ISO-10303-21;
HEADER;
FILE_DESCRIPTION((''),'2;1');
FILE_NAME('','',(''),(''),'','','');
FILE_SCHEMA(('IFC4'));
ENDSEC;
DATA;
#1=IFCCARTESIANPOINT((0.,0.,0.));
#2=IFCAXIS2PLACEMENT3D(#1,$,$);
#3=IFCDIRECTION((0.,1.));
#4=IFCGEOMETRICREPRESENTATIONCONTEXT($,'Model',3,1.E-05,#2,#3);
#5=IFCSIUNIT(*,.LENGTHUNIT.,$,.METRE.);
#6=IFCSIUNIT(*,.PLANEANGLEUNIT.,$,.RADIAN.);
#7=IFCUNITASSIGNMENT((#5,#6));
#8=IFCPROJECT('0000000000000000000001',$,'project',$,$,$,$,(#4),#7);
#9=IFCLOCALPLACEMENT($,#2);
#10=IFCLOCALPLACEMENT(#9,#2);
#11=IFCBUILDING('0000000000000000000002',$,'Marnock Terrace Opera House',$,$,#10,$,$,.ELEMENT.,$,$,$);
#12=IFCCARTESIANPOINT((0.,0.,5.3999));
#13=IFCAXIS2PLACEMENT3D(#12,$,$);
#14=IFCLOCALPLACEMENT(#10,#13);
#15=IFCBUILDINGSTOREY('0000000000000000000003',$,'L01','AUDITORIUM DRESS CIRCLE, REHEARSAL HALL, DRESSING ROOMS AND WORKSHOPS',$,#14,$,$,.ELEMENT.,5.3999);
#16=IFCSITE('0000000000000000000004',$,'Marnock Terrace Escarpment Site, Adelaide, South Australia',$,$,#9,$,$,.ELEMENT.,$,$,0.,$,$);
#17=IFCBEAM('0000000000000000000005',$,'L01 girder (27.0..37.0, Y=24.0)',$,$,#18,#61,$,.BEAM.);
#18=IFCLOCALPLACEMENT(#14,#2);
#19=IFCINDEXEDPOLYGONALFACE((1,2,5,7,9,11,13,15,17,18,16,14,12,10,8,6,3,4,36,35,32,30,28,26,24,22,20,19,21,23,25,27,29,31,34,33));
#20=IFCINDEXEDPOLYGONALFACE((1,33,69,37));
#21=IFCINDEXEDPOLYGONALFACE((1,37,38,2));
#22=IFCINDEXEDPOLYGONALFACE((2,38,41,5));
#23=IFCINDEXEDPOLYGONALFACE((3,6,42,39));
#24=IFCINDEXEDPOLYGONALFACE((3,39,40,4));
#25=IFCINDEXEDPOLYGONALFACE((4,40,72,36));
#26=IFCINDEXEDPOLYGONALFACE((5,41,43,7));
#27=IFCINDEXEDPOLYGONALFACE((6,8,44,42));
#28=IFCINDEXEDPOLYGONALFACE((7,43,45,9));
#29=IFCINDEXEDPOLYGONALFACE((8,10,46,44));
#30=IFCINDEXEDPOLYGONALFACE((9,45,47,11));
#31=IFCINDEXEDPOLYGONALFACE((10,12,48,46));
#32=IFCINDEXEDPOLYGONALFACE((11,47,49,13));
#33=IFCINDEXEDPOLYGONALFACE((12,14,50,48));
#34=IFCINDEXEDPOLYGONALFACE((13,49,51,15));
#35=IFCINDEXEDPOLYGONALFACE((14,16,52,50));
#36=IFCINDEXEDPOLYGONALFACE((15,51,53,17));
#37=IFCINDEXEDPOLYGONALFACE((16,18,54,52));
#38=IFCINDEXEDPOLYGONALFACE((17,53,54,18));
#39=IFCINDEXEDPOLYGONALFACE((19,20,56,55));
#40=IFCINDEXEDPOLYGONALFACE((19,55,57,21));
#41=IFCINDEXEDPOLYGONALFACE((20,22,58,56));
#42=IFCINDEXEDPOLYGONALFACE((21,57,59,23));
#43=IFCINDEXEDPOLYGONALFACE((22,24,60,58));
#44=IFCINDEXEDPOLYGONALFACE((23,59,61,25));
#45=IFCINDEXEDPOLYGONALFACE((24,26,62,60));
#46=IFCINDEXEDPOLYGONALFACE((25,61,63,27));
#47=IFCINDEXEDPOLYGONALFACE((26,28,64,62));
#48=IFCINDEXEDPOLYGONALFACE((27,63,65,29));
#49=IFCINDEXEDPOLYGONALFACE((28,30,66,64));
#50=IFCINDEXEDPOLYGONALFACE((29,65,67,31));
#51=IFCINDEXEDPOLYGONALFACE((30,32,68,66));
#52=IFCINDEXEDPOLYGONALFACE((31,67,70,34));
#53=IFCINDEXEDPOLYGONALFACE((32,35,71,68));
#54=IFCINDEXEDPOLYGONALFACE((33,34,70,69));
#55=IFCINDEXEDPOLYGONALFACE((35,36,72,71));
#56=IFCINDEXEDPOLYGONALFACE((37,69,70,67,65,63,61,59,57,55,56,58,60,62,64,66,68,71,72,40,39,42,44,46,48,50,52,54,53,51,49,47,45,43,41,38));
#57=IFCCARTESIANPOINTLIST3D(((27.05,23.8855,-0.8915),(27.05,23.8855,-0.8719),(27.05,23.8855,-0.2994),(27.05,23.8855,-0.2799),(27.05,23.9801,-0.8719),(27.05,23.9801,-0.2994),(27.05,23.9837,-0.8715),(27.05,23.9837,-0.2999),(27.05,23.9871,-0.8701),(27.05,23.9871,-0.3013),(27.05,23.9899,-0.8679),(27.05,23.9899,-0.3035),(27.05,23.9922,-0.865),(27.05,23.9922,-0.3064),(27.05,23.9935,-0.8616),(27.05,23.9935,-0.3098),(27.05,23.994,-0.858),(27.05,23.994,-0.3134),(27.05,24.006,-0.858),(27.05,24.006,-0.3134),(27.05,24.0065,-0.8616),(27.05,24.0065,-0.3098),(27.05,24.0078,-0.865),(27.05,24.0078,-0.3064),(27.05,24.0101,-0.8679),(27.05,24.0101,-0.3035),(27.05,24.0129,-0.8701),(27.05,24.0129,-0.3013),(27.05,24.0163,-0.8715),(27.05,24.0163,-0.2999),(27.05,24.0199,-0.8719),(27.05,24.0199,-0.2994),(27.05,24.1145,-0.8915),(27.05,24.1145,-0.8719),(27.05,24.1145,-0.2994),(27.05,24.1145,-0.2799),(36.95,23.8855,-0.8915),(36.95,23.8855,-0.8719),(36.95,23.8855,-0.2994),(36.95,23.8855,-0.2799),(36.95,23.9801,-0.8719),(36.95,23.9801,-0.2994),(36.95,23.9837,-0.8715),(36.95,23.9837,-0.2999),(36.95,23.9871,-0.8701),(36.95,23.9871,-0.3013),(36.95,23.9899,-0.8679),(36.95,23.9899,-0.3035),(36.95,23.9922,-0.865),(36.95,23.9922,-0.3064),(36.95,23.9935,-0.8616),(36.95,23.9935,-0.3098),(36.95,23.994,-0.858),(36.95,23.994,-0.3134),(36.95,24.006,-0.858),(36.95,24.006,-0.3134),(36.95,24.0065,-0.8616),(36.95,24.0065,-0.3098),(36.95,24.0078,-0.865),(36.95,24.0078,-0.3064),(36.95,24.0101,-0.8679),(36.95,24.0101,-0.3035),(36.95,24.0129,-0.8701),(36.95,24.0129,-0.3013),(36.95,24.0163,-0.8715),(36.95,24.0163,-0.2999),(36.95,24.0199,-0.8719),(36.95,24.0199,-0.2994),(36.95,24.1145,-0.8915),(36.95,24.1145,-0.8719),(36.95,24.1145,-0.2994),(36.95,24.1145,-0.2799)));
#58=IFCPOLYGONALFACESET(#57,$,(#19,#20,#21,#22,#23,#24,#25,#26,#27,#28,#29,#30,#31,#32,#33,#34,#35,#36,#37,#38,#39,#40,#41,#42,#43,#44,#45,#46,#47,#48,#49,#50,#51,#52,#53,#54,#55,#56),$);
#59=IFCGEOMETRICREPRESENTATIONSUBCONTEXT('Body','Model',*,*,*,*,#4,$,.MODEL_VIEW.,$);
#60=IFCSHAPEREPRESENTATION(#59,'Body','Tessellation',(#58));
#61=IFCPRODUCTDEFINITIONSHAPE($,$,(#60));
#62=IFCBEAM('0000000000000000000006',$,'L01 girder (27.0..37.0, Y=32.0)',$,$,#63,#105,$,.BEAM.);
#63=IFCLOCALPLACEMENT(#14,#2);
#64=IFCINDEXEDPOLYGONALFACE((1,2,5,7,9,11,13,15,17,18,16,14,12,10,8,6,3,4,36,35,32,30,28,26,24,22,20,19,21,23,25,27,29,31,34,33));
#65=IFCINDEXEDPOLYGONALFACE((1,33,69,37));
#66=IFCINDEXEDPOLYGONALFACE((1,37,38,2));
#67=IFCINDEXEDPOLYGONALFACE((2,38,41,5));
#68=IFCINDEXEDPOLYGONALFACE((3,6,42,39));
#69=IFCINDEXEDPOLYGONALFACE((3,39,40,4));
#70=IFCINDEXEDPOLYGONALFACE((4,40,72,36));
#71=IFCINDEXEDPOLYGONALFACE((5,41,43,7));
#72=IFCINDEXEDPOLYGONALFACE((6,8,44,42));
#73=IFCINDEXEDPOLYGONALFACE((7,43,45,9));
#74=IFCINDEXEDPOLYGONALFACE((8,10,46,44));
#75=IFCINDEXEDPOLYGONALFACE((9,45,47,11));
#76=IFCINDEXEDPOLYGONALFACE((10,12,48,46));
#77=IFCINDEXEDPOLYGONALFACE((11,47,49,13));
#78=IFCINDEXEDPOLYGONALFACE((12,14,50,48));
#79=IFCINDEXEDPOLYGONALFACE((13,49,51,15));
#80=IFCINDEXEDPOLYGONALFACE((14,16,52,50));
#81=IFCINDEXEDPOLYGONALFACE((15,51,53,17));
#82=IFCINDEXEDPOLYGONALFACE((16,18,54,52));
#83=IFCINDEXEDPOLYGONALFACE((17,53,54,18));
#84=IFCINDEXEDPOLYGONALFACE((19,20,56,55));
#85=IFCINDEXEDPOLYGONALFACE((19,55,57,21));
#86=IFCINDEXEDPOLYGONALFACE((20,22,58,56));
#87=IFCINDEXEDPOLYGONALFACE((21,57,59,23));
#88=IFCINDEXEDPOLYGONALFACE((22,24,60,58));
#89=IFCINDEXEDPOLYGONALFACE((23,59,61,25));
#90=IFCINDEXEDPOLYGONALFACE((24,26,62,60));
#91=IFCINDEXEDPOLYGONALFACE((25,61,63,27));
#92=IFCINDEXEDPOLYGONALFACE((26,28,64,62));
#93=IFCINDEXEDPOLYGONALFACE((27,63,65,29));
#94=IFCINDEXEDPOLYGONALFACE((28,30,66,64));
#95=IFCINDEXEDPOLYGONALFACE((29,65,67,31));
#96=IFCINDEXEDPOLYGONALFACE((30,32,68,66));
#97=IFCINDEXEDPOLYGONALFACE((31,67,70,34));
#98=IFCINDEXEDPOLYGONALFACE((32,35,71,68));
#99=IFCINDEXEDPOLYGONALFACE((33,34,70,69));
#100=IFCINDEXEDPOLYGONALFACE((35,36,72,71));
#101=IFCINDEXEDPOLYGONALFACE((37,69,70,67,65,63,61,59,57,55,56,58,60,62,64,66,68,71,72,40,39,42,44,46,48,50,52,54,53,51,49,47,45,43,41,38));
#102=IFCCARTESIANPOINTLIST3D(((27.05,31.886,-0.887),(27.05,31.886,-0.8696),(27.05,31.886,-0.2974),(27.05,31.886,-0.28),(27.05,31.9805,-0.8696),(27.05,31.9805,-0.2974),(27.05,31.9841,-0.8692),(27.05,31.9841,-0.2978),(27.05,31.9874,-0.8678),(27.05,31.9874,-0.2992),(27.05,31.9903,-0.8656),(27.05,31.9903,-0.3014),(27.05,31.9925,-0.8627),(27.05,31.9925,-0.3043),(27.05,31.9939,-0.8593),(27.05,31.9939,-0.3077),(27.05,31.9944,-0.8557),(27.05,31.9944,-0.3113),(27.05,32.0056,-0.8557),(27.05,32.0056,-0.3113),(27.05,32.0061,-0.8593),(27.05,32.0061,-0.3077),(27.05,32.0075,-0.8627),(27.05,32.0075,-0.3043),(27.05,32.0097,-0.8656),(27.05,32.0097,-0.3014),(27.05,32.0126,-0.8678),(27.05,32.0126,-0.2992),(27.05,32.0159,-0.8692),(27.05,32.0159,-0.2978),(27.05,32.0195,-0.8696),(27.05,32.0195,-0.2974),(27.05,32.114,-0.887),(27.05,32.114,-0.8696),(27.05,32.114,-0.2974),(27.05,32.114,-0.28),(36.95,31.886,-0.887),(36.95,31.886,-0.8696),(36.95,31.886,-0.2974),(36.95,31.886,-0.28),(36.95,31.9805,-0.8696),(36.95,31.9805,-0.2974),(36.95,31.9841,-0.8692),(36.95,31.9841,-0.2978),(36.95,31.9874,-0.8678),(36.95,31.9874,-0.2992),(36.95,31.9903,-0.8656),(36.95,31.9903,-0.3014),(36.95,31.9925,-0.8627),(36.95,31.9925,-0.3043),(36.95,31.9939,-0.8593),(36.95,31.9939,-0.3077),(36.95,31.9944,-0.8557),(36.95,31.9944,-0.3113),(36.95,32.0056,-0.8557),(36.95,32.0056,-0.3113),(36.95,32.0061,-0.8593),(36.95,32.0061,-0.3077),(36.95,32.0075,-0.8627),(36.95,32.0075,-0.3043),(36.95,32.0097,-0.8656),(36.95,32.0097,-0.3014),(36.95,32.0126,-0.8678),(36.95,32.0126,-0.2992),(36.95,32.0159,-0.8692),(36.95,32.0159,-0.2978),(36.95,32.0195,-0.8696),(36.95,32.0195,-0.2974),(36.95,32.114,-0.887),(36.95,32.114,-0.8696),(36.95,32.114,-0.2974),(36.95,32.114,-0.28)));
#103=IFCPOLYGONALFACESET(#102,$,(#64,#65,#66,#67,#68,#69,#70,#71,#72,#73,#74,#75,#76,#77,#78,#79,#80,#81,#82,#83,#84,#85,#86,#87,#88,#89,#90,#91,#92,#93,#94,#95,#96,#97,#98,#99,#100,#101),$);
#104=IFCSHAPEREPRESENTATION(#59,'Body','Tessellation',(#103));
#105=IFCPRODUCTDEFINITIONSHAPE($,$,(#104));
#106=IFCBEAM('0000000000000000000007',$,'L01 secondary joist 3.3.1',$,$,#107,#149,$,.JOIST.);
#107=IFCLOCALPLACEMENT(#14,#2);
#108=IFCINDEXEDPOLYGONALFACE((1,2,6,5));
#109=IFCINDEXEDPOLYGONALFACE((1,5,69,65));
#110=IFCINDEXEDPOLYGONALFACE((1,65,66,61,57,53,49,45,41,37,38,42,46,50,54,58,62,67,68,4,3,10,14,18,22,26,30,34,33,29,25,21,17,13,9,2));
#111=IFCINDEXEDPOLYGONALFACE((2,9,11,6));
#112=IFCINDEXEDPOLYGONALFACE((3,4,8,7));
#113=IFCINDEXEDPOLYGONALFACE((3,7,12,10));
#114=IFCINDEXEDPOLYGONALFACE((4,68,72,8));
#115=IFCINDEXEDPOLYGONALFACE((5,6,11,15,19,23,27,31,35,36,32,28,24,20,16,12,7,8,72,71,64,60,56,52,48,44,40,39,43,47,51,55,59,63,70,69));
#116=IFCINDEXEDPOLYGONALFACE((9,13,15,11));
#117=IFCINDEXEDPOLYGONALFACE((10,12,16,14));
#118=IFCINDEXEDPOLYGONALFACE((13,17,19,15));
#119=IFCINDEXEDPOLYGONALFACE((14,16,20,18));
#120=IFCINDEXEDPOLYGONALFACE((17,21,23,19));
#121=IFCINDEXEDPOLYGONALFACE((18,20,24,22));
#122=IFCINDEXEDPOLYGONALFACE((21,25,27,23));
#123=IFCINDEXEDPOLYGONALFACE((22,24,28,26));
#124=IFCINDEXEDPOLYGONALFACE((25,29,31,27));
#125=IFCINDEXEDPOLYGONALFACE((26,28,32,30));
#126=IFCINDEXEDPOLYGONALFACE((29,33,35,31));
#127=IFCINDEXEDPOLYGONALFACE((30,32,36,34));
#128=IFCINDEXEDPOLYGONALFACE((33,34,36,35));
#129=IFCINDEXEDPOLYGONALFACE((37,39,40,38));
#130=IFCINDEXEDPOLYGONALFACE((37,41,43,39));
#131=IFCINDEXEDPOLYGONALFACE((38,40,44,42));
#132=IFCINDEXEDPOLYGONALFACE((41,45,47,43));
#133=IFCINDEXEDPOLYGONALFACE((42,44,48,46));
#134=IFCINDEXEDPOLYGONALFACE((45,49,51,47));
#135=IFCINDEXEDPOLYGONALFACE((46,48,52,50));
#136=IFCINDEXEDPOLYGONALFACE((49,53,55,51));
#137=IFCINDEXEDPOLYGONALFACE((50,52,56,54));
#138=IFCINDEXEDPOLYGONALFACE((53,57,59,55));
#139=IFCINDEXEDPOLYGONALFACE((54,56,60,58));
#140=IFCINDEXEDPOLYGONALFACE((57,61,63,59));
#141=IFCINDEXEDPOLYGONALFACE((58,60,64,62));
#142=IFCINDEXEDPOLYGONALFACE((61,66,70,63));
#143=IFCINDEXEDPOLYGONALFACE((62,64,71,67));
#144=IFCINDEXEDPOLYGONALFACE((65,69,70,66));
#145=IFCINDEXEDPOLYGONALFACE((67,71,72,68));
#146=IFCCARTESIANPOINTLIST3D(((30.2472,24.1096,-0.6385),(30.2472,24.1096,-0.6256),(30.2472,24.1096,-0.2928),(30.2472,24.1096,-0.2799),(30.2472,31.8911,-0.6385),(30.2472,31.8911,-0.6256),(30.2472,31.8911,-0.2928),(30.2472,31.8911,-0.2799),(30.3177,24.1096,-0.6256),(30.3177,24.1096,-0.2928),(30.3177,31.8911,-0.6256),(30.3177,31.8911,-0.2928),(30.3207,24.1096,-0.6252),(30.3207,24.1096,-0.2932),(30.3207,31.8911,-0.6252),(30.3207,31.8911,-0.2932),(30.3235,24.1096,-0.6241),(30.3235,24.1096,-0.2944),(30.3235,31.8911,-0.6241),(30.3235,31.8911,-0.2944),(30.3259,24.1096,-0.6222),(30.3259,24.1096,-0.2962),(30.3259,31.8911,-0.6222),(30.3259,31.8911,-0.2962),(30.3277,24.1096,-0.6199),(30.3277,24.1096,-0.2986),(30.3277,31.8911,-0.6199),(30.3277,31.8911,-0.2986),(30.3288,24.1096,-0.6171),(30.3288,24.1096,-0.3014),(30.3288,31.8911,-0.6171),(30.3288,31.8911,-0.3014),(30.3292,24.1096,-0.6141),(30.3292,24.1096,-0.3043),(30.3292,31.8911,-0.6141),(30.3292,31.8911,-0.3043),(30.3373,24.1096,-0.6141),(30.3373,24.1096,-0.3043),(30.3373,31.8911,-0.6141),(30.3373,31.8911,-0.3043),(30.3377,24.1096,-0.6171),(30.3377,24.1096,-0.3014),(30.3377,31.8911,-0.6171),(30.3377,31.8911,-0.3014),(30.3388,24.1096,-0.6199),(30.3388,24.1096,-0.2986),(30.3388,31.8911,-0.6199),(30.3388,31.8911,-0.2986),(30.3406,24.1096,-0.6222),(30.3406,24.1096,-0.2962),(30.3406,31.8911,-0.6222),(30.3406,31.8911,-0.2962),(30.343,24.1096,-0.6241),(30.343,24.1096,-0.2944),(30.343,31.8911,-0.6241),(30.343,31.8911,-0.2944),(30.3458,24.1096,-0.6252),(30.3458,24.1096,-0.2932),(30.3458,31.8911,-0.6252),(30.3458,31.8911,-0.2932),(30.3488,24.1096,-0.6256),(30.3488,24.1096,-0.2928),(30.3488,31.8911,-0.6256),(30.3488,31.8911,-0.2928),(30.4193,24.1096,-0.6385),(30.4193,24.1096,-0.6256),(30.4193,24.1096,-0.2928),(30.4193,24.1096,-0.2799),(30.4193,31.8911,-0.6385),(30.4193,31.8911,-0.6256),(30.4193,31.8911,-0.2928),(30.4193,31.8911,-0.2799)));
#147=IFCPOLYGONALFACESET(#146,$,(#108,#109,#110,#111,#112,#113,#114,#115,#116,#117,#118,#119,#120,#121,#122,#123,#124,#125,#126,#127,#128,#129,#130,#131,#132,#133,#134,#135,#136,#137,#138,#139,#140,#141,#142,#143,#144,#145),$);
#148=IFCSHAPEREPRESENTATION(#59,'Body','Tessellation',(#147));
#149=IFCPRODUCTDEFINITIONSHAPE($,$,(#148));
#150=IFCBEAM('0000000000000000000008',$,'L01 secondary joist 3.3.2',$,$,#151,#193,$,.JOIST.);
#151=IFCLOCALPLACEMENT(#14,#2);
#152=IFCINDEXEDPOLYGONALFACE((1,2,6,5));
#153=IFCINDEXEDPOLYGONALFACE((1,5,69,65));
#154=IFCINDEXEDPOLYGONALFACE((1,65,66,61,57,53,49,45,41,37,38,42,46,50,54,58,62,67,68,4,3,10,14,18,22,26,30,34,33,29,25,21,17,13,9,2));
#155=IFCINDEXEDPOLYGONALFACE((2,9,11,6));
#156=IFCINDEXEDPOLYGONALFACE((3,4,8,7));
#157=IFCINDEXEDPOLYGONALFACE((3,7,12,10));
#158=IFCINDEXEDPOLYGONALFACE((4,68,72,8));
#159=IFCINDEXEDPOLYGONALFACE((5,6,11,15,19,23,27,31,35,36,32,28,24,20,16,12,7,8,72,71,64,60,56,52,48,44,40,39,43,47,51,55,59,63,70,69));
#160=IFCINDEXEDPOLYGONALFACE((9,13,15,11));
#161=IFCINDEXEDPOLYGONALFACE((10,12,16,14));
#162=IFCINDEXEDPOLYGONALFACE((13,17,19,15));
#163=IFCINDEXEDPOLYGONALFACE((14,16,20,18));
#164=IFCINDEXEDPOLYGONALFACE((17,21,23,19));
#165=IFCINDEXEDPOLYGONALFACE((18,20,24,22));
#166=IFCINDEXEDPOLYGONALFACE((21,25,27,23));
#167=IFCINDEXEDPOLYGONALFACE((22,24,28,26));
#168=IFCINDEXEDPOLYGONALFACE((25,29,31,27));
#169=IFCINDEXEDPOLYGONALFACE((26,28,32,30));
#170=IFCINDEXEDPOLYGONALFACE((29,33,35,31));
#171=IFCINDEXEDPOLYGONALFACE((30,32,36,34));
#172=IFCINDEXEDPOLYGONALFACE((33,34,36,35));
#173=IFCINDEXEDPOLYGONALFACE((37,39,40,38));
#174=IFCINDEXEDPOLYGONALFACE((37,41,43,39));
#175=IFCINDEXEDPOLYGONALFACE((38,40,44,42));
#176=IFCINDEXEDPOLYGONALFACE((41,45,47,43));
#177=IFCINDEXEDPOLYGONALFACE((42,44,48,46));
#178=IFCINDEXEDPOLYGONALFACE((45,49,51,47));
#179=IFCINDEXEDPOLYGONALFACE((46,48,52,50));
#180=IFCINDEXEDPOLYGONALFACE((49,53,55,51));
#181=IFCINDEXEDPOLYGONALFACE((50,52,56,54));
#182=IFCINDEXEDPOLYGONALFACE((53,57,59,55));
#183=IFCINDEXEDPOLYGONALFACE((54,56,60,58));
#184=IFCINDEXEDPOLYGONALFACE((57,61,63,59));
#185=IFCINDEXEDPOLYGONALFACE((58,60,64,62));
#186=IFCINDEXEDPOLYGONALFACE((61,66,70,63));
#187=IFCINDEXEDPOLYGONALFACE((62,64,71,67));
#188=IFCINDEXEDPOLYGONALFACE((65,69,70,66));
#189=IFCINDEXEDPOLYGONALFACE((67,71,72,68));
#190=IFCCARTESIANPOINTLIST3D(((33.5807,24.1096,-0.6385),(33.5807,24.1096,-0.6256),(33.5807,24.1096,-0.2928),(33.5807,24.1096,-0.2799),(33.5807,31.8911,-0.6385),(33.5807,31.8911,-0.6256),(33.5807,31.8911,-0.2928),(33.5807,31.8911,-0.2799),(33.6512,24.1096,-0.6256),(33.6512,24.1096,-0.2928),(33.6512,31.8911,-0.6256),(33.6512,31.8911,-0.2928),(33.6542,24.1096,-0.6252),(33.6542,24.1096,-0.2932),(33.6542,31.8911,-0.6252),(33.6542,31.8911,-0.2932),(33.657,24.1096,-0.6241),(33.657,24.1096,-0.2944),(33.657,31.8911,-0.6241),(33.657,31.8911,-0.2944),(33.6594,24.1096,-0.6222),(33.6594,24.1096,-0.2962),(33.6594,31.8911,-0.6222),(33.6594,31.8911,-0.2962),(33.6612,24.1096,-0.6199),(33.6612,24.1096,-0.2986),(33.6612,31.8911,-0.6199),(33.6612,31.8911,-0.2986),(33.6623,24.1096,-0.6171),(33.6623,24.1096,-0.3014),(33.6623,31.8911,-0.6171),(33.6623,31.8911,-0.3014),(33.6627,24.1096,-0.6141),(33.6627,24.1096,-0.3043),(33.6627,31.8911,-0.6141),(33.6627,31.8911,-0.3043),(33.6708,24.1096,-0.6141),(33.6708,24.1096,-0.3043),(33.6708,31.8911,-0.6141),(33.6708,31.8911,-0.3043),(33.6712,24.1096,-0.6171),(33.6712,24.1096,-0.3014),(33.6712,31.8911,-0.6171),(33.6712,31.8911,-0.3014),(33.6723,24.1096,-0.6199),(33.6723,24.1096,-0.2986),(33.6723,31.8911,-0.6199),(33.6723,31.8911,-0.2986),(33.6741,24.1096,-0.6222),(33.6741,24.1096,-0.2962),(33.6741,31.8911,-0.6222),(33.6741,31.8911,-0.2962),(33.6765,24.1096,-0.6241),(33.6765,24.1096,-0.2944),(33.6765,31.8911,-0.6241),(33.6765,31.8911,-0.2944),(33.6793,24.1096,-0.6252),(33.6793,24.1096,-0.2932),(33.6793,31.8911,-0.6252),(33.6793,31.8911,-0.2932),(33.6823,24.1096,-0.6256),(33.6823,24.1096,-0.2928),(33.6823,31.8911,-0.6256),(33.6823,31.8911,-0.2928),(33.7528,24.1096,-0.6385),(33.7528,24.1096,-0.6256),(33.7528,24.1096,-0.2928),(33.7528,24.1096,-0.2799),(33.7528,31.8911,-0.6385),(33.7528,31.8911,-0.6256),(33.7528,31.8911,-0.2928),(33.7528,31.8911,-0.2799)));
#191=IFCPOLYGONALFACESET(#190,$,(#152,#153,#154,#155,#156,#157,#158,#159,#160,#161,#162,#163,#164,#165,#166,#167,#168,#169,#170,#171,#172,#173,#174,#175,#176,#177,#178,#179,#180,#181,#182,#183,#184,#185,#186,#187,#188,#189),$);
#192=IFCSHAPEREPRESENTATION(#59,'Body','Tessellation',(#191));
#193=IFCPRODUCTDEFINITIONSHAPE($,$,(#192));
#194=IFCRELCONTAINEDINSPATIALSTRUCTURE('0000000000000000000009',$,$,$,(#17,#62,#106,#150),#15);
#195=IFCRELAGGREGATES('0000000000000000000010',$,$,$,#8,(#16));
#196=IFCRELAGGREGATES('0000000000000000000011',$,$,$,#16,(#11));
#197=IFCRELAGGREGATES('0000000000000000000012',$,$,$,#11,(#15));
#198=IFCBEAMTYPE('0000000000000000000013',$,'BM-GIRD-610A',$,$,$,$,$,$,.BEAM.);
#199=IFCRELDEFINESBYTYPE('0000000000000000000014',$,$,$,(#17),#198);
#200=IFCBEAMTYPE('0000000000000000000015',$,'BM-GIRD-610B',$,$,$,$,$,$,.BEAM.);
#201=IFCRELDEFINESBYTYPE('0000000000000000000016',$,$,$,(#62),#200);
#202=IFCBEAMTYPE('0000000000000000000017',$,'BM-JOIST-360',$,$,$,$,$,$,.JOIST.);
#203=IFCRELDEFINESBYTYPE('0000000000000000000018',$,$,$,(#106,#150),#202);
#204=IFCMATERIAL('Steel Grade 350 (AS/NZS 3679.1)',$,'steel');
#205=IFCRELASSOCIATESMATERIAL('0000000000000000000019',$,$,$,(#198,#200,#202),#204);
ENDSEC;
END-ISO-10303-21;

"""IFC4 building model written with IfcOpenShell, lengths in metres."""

from ifc_helpers import new_model, si_unit, direction, frame, origin, origin_2d, place, context, subcontext, project, spatial, i_section, extrude, material, material_profile, profile_set, type_object, element, save


model = new_model("IFC4")

# Units and contexts
model_context = context("Model", 3, precision=1e-05, world=origin(), true_north=direction((0.0, 1.0)))
body_context = subcontext(model_context, "Body", "Model", "MODEL_VIEW")
ifc_project = project(units=[si_unit("LENGTHUNIT", "METRE"), si_unit("PLANEANGLEUNIT", "RADIAN")], contexts=[model_context])

# Site, building, storey
site_placement = place(None, origin())
site = spatial("IfcSite", under=ifc_project, at=site_placement, Name="Marnock Terrace Escarpment Site, Adelaide, South Australia", CompositionType="ELEMENT", RefElevation=0.0)
building_placement = place(site_placement, origin())
building = spatial("IfcBuilding", under=site, at=building_placement, Name="Marnock Terrace Opera House", CompositionType="ELEMENT")
storey_placement = place(building_placement, frame((0.0, 0.0, 5.3999)))
storey = spatial("IfcBuildingStorey", under=building, at=storey_placement, Name="L01", Description="AUDITORIUM DRESS CIRCLE, REHEARSAL HALL, DRESSING ROOMS AND WORKSHOPS", CompositionType="ELEMENT", Elevation=5.3999)

# Shared definitions
ifc_material_1 = material(Name="Steel Grade 350 (AS/NZS 3679.1)", Category="steel")

# Beams
ifc_material_profile_1 = material_profile(ifc_material_1, i_section(OverallWidth=0.229, OverallDepth=0.6116, WebThickness=0.012, FlangeThickness=0.0195, FilletRadius=0.0139, at=origin_2d()))
ifc_profile_set_1 = profile_set([ifc_material_profile_1], Name="Steel Grade 350 (AS/NZS 3679.1)")
beam_type_1 = type_object("IfcBeamType", Name="BM-GIRD-610A", PredefinedType="BEAM", material=ifc_profile_set_1)
beam_1_placement = place(storey_placement, frame((27.05, 24.0, -0.5857), z_axis=(1.0, 0.0, 0.0), x_axis=(0.0, 1.0, 0.0)))
element("IfcBeam", 1, at=beam_1_placement, inside=storey, type_object=beam_type_1, Name="L01 girder (27.0..37.0, Y=24.0)", PredefinedType="BEAM", context=body_context, shape_type="SweptSolid", body=[
    extrude(i_section(OverallWidth=0.229, OverallDepth=0.6116, WebThickness=0.012, FlangeThickness=0.0195, FilletRadius=0.0139, at=origin_2d()), origin(), (0.0, 0.0, 1.0), 9.8999),
])
ifc_material_profile_2 = material_profile(ifc_material_1, i_section(OverallWidth=0.228, OverallDepth=0.6069, WebThickness=0.0112, FlangeThickness=0.0173, FilletRadius=0.0139, at=origin_2d()))
ifc_profile_set_2 = profile_set([ifc_material_profile_2], Name="Steel Grade 350 (AS/NZS 3679.1)")
beam_type_2 = type_object("IfcBeamType", Name="BM-GIRD-610B", PredefinedType="BEAM", material=ifc_profile_set_2)
beam_2_placement = place(storey_placement, frame((27.05, 32.0, -0.5835), z_axis=(1.0, 0.0, 0.0), x_axis=(0.0, 1.0, 0.0)))
element("IfcBeam", 2, at=beam_2_placement, inside=storey, type_object=beam_type_2, Name="L01 girder (27.0..37.0, Y=32.0)", PredefinedType="BEAM", context=body_context, shape_type="SweptSolid", body=[
    extrude(i_section(OverallWidth=0.228, OverallDepth=0.6069, WebThickness=0.0112, FlangeThickness=0.0173, FilletRadius=0.0139, at=origin_2d()), origin(), (0.0, 0.0, 1.0), 9.8999),
])
ifc_material_profile_3 = material_profile(ifc_material_1, i_section(OverallWidth=0.1721, OverallDepth=0.3586, WebThickness=0.0081, FlangeThickness=0.0129, FilletRadius=0.0115, at=origin_2d()))
ifc_profile_set_3 = profile_set([ifc_material_profile_3], Name="Steel Grade 350 (AS/NZS 3679.1)")
beam_type_3 = type_object("IfcBeamType", Name="BM-JOIST-360", PredefinedType="JOIST", material=ifc_profile_set_3)
for number, where, z_axis, x_axis, name in (
    (3, (30.3333, 24.1096, -0.4592), (0.0, 1.0, 0.0), (-1.0, 0.0, 0.0), "L01 secondary joist 3.3.1"),
    (4, (33.6667, 24.1096, -0.4592), (0.0, 1.0, 0.0), (-1.0, 0.0, 0.0), "L01 secondary joist 3.3.2"),
):
    element("IfcBeam", number, at=place(storey_placement, frame(where, z_axis=z_axis, x_axis=x_axis)), inside=storey, type_object=beam_type_3, Name=name, PredefinedType="JOIST", context=body_context, shape_type="SweptSolid", body=[
        extrude(i_section(OverallWidth=0.1721, OverallDepth=0.3586, WebThickness=0.0081, FlangeThickness=0.0129, FilletRadius=0.0115, at=origin_2d()), origin(), (0.0, 0.0, 1.0), 7.7815),
    ])

save(model, "model.ifc")
